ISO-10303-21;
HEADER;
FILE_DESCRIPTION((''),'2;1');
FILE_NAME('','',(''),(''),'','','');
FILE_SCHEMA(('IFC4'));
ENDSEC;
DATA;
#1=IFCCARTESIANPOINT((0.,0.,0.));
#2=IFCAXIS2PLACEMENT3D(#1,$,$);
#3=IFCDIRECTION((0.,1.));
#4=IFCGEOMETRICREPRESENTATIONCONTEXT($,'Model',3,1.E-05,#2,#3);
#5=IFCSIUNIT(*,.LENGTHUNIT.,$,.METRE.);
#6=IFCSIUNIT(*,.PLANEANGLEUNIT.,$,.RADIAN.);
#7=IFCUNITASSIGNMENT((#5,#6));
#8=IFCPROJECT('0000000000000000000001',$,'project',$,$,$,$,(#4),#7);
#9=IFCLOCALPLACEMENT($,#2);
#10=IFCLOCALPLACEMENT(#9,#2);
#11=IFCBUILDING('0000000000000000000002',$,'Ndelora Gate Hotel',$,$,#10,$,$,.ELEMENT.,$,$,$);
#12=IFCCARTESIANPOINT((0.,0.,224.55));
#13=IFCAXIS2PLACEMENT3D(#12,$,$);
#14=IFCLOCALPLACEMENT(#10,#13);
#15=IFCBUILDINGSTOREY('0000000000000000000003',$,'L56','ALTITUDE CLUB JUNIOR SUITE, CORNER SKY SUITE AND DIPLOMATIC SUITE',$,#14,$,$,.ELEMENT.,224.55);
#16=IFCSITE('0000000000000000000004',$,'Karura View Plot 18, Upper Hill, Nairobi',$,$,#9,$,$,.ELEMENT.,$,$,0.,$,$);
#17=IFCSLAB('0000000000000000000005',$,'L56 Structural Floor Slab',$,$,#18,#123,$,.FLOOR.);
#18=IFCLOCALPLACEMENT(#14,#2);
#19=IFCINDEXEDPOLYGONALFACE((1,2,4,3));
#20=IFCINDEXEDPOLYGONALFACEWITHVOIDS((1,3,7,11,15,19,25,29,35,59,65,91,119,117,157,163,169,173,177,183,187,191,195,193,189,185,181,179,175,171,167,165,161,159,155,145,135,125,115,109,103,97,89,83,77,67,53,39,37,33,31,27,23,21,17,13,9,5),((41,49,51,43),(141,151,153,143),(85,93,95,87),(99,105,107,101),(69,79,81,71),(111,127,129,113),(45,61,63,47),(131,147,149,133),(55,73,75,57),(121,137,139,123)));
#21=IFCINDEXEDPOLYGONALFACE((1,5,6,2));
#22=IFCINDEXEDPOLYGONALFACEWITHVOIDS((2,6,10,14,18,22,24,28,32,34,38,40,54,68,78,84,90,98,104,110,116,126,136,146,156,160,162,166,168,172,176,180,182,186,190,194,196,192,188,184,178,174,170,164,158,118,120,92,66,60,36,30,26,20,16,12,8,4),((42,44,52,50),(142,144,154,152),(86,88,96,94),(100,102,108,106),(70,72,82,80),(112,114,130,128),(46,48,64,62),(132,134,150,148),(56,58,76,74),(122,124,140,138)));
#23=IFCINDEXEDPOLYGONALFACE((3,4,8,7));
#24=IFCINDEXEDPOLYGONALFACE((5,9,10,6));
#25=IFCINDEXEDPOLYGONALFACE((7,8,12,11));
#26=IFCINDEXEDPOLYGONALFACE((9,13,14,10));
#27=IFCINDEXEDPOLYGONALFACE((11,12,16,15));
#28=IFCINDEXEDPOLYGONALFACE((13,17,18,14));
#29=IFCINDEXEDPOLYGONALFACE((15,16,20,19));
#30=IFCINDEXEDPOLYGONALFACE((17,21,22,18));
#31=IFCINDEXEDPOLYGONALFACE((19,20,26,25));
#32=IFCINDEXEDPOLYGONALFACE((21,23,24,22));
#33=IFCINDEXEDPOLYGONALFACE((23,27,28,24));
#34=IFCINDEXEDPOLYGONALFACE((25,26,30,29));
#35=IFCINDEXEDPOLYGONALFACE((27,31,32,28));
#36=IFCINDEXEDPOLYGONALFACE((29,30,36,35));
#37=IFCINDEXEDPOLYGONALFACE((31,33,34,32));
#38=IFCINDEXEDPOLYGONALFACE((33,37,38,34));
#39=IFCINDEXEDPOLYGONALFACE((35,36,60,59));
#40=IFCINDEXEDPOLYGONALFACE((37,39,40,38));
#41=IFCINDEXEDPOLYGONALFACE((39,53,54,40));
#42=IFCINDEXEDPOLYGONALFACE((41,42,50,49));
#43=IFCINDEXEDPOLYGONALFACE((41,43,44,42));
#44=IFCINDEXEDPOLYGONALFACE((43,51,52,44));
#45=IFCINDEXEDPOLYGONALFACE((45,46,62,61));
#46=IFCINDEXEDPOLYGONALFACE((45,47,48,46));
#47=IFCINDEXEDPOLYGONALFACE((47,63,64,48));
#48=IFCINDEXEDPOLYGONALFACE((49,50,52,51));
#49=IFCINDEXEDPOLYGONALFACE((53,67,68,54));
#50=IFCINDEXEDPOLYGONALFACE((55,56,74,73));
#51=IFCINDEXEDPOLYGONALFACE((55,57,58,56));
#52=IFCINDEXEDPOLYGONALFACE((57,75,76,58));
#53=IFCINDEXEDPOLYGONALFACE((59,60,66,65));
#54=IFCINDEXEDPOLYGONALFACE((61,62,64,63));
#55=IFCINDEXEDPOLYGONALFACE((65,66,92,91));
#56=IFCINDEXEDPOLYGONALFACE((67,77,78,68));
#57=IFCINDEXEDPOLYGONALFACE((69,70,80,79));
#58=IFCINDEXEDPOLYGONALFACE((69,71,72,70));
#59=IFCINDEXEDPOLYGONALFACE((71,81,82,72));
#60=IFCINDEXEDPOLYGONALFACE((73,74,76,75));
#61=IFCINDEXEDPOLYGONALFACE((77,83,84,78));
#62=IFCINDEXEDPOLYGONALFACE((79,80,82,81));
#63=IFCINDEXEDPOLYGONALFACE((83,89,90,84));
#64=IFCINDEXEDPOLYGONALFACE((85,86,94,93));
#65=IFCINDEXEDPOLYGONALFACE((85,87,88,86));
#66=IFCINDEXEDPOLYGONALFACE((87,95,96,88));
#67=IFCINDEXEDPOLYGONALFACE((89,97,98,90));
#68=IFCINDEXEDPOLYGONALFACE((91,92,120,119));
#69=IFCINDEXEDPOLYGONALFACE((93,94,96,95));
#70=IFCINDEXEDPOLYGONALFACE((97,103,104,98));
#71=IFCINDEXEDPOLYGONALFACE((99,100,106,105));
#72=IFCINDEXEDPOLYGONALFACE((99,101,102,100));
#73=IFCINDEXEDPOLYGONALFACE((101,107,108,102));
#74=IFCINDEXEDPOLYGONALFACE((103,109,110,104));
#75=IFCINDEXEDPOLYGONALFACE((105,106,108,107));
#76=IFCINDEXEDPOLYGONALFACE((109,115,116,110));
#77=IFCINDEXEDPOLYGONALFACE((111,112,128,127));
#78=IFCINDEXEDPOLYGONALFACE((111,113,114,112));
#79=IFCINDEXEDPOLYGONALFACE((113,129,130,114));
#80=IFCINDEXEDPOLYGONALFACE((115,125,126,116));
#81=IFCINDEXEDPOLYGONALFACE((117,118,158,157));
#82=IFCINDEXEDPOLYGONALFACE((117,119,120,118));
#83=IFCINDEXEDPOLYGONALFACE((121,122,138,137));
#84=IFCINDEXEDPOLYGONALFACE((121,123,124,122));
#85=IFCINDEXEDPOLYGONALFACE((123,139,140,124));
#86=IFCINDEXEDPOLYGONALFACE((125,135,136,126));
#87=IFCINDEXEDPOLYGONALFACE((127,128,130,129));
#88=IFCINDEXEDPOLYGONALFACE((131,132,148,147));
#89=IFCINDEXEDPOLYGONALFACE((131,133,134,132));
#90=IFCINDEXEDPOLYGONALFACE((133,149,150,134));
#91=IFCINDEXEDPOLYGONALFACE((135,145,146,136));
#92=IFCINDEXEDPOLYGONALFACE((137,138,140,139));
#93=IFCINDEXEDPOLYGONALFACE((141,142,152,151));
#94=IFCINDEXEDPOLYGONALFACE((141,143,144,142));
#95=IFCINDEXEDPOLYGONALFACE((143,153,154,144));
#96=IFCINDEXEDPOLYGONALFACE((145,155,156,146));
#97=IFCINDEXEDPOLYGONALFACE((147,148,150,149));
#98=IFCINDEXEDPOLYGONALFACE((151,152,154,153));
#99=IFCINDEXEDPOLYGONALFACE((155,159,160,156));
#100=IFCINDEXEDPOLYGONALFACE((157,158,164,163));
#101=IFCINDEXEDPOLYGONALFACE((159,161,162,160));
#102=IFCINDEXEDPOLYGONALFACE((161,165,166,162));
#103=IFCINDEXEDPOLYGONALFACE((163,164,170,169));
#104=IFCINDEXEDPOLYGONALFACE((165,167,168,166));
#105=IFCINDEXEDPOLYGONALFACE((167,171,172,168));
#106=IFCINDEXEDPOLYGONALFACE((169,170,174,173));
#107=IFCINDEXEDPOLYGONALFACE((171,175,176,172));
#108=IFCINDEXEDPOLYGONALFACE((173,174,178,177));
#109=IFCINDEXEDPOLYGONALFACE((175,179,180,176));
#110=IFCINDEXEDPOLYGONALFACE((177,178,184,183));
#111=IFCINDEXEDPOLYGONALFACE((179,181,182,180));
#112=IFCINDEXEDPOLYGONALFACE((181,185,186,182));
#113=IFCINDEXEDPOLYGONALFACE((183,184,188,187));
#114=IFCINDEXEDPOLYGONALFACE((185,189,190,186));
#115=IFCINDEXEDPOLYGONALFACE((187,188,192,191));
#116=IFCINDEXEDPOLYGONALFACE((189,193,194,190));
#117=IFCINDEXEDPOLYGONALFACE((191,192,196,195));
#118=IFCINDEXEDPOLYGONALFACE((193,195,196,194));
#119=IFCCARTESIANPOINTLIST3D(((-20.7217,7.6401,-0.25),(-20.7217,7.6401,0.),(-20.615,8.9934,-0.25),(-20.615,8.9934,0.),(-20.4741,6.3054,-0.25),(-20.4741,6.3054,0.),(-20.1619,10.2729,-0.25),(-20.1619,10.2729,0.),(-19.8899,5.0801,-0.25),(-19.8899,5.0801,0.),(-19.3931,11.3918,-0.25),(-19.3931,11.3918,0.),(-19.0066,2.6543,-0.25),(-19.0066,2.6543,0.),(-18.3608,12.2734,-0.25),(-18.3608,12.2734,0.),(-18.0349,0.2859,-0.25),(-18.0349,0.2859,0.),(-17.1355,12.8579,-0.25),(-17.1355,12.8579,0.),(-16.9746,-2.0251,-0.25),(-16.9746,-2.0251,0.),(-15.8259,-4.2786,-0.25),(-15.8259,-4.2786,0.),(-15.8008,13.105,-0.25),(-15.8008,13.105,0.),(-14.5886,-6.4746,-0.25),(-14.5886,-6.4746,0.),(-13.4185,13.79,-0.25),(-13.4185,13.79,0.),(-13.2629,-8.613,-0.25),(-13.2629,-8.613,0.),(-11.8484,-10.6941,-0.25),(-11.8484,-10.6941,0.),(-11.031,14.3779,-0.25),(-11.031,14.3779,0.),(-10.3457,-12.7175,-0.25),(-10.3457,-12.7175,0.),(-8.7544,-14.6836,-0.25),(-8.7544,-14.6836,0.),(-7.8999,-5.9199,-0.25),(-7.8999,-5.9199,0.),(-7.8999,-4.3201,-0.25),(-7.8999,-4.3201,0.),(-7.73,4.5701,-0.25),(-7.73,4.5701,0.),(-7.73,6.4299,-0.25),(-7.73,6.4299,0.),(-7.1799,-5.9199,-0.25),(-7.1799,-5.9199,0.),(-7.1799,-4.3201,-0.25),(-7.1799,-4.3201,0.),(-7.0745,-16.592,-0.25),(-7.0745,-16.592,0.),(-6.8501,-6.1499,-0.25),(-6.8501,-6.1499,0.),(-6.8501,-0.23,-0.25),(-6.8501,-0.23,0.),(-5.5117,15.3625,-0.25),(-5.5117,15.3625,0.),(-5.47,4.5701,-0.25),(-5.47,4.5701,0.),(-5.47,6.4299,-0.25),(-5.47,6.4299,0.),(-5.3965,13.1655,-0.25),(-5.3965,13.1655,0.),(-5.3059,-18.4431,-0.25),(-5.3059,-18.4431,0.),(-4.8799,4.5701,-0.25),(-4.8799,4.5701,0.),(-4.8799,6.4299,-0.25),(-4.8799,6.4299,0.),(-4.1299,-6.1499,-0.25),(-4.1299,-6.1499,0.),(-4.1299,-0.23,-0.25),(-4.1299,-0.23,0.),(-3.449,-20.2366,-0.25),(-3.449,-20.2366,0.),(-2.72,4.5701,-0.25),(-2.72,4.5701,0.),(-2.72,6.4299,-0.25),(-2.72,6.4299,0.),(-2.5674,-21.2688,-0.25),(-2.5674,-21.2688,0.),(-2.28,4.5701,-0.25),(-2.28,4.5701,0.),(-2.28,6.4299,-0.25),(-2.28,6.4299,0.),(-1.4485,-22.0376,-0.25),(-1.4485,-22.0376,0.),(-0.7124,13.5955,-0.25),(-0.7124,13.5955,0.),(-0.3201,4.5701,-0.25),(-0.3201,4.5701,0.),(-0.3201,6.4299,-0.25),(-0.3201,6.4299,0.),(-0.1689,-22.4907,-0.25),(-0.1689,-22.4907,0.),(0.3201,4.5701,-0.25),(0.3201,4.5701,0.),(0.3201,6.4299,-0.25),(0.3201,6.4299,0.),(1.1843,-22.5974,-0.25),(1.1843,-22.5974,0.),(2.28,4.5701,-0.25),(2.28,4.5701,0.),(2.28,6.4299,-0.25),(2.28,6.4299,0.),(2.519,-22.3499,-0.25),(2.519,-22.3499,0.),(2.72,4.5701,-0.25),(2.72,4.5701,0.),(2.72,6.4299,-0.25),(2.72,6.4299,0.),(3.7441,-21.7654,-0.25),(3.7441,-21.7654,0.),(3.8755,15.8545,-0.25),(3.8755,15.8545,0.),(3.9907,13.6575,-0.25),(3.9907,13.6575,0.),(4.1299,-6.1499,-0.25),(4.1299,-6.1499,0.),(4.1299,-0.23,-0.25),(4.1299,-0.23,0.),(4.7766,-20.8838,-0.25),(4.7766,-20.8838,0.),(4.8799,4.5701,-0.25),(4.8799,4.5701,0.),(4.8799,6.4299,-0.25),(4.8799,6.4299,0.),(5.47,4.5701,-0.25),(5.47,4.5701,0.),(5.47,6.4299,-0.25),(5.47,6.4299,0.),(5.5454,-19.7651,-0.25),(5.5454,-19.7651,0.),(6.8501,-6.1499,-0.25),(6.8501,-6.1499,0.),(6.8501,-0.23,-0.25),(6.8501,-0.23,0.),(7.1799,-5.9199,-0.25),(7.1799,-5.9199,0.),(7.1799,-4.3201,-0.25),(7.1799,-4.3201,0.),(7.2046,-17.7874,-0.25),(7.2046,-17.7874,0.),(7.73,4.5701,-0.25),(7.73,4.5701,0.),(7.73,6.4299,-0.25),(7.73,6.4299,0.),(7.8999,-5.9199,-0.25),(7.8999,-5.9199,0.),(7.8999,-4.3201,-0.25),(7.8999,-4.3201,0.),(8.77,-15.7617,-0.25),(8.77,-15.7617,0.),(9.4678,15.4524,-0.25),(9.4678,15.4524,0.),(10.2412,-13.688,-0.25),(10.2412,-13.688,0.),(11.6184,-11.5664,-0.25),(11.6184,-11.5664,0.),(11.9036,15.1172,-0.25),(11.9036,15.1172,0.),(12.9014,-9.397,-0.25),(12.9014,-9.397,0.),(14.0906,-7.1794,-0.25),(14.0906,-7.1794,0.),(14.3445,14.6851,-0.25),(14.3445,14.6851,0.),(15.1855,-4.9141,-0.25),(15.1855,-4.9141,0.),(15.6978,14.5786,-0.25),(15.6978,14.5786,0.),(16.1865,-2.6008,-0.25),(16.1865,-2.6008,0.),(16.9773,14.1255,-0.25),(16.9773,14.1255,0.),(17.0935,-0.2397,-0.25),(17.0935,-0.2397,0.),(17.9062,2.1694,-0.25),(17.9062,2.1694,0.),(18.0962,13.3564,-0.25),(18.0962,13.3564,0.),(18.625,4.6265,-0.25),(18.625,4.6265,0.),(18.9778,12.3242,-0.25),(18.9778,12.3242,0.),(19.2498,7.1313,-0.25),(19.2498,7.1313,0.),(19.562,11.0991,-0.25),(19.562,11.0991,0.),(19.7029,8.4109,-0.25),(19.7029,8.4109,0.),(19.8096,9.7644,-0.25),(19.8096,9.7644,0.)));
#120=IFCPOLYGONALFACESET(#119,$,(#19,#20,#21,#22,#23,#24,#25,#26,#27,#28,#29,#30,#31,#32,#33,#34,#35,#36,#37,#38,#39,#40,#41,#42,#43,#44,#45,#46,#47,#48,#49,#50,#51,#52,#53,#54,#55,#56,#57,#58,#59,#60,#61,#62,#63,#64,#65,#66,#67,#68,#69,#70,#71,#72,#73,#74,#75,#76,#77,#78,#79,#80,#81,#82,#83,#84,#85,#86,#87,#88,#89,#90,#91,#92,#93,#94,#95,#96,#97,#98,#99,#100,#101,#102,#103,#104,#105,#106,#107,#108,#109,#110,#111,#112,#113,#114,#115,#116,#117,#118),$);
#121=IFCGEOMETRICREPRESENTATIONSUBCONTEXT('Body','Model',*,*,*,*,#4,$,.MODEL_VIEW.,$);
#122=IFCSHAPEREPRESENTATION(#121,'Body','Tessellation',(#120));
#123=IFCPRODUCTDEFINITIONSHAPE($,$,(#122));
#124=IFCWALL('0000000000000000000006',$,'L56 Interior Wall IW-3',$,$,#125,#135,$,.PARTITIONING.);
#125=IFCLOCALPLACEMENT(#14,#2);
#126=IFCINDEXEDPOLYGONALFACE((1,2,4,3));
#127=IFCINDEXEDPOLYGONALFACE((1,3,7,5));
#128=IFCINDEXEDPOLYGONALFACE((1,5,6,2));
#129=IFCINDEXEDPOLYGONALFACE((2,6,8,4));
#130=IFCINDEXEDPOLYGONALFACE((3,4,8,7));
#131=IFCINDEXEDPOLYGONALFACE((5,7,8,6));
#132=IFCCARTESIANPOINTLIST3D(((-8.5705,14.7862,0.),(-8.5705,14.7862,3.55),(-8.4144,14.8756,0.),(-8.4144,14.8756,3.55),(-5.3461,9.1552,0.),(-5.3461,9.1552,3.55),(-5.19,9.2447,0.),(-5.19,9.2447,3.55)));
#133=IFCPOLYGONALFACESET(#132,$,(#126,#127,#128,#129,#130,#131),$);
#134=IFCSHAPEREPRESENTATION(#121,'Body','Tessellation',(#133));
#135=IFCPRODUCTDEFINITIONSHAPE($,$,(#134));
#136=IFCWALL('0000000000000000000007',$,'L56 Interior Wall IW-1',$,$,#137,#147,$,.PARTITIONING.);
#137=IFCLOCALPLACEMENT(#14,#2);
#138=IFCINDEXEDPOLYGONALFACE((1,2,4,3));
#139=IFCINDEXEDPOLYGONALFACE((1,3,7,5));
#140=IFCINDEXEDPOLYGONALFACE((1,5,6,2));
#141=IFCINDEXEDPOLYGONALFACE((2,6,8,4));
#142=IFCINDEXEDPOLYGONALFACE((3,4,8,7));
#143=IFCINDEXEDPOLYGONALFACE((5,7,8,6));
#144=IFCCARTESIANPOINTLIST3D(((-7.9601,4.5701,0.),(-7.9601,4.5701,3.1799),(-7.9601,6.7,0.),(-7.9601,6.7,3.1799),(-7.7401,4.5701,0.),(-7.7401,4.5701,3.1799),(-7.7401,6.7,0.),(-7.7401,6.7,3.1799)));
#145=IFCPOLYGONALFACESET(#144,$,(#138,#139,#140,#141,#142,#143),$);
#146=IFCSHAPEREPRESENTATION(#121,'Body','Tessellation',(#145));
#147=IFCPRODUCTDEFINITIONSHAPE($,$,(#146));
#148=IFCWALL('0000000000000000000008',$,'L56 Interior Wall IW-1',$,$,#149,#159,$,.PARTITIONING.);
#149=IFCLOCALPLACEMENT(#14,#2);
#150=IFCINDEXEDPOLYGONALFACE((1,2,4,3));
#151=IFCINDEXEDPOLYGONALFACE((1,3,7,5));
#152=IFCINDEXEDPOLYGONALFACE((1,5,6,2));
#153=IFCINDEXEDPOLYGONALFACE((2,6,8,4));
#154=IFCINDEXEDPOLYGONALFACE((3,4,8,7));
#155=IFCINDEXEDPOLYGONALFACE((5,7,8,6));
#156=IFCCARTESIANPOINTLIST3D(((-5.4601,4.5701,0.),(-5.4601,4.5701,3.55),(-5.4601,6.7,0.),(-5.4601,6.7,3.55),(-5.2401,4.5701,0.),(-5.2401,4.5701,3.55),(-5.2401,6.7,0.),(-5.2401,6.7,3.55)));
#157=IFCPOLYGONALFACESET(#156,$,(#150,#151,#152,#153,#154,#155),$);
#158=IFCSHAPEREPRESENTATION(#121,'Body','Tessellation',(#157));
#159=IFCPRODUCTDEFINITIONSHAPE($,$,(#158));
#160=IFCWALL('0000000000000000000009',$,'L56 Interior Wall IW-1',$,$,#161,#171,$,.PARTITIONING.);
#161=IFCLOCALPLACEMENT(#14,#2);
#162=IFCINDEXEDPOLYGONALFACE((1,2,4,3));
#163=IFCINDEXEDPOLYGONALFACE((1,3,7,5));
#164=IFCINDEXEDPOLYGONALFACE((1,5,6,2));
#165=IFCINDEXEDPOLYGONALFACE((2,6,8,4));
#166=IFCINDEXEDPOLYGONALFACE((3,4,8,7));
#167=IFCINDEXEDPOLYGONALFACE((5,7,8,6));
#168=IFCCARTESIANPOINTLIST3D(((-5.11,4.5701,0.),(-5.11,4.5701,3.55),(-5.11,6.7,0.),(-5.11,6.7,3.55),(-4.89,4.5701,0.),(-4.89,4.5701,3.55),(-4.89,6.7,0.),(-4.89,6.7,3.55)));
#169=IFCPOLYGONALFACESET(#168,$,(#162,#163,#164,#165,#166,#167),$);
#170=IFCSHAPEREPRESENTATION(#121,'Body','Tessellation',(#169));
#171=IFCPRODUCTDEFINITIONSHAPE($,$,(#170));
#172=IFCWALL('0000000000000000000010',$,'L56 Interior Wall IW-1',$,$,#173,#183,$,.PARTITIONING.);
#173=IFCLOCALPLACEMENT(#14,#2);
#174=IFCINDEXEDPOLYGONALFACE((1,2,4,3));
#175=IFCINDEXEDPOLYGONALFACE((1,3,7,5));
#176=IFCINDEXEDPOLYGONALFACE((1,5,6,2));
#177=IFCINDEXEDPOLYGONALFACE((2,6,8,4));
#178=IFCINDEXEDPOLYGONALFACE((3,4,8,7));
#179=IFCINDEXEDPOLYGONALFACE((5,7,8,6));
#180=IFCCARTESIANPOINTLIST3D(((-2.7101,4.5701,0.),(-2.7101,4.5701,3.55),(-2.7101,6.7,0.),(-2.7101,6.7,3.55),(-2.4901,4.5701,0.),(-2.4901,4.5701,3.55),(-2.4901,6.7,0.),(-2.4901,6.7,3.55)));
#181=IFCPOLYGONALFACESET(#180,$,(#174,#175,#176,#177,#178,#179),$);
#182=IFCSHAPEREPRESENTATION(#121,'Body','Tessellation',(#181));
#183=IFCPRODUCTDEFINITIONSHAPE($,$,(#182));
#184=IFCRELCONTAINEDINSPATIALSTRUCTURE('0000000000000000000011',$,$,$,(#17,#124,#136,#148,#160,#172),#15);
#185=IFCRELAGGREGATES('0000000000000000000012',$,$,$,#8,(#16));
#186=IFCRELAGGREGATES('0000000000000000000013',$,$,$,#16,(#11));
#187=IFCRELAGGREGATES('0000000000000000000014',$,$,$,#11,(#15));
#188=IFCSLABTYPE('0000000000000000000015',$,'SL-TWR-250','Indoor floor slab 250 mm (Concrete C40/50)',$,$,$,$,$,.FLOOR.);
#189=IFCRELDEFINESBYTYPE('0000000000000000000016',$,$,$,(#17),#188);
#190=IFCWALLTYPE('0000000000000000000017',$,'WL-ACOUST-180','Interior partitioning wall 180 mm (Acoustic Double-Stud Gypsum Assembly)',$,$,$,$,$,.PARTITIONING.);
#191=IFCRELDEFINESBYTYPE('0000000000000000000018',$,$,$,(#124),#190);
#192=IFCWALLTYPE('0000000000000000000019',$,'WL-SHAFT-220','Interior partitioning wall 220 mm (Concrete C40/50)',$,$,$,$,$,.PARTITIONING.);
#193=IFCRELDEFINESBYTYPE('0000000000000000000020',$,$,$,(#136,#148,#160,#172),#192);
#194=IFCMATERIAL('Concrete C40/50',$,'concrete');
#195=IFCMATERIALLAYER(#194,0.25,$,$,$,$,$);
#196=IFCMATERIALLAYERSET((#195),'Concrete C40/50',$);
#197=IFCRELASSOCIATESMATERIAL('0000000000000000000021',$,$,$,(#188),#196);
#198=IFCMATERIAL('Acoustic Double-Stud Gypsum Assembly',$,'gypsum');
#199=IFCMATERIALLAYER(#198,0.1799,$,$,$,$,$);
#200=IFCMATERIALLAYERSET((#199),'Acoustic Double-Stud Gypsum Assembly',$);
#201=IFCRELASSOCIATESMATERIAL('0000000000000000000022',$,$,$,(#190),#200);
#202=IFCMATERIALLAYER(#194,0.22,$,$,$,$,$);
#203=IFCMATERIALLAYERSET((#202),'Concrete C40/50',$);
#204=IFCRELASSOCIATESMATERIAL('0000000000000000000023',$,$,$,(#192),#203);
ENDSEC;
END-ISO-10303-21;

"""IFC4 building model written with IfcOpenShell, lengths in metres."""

from ifc_helpers import new_model, si_unit, direction, frame, frame_2d, origin, place, context, subcontext, project, spatial, polyline, rectangle, outline, extrude, material, layer, layer_set, type_object, element, save


model = new_model("IFC4")

# Units and contexts
model_context = context("Model", 3, precision=1e-05, world=origin(), true_north=direction((0.0, 1.0)))
body_context = subcontext(model_context, "Body", "Model", "MODEL_VIEW")
ifc_project = project(units=[si_unit("LENGTHUNIT", "METRE"), si_unit("PLANEANGLEUNIT", "RADIAN")], contexts=[model_context])

# Site, building, storey
site_placement = place(None, origin())
site = spatial("IfcSite", under=ifc_project, at=site_placement, Name="Karura View Plot 18, Upper Hill, Nairobi", CompositionType="ELEMENT", RefElevation=0.0)
building_placement = place(site_placement, origin())
building = spatial("IfcBuilding", under=site, at=building_placement, Name="Ndelora Gate Hotel", CompositionType="ELEMENT")
storey_placement = place(building_placement, frame((0.0, 0.0, 224.55)))
storey = spatial("IfcBuildingStorey", under=building, at=storey_placement, Name="L56", Description="ALTITUDE CLUB JUNIOR SUITE, CORNER SKY SUITE AND DIPLOMATIC SUITE", CompositionType="ELEMENT", Elevation=224.55)

# Slab
ifc_material_1 = material(Name="Concrete C40/50", Category="concrete")
ifc_layer_1 = layer(ifc_material_1, 0.25)
ifc_layer_set_1 = layer_set([ifc_layer_1], Name="Concrete C40/50")
slab_type_1 = type_object("IfcSlabType", Name="SL-TWR-250", Description="Indoor floor slab 250 mm (Concrete C40/50)", PredefinedType="FLOOR", material=ifc_layer_set_1)
slab_1_placement = place(storey_placement, frame((0.0, 0.0, -0.25)))
element("IfcSlab", 1, at=slab_1_placement, inside=storey, type_object=slab_type_1, Name="L56 Structural Floor Slab", PredefinedType="FLOOR", context=body_context, shape_type="SweptSolid", body=[
    extrude(outline(polyline([(-15.8008, 13.105), (-17.1355, 12.8579), (-18.3608, 12.2734), (-19.3931, 11.3918), (-20.1619, 10.2729), (-20.615, 8.9934), (-20.7217, 7.6401), (-20.4741, 6.3054), (-19.8899, 5.0801), (-19.0066, 2.6543), (-18.0349, 0.2859), (-16.9746, -2.0251), (-15.8259, -4.2786), (-14.5886, -6.4746), (-13.2629, -8.613), (-11.8484, -10.6941), (-10.3457, -12.7175), (-8.7544, -14.6836), (-7.0745, -16.592), (-5.3059, -18.4431), (-3.449, -20.2366), (-2.5674, -21.2688), (-1.4485, -22.0376), (-0.1689, -22.4907), (1.1843, -22.5974), (2.519, -22.3499), (3.7441, -21.7654), (4.7766, -20.8838), (5.5454, -19.7651), (7.2046, -17.7874), (8.77, -15.7617), (10.2412, -13.688), (11.6184, -11.5664), (12.9014, -9.397), (14.0906, -7.1794), (15.1855, -4.9141), (16.1865, -2.6008), (17.0935, -0.2397), (17.9062, 2.1694), (18.625, 4.6265), (19.2498, 7.1313), (19.7029, 8.4109), (19.8096, 9.7644), (19.562, 11.0991), (18.9778, 12.3242), (18.0962, 13.3564), (16.9773, 14.1255), (15.6978, 14.5786), (14.3445, 14.6851), (11.9036, 15.1172), (9.4678, 15.4524), (3.8755, 15.8545), (3.9907, 13.6575), (-0.7124, 13.5955), (-5.3965, 13.1655), (-5.5117, 15.3625), (-11.031, 14.3779), (-13.4185, 13.79), (-15.8008, 13.105)]), holes=[polyline([(-6.8501, -0.23), (-6.8501, -6.1499), (-4.1299, -6.1499), (-4.1299, -0.23), (-6.8501, -0.23)]), polyline([(4.1299, -0.23), (4.1299, -6.1499), (6.8501, -6.1499), (6.8501, -0.23), (4.1299, -0.23)]), polyline([(-7.73, 4.5701), (-5.47, 4.5701), (-5.47, 6.4299), (-7.73, 6.4299), (-7.73, 4.5701)]), polyline([(5.47, 4.5701), (7.73, 4.5701), (7.73, 6.4299), (5.47, 6.4299), (5.47, 4.5701)]), polyline([(-4.8799, 4.5701), (-2.72, 4.5701), (-2.72, 6.4299), (-4.8799, 6.4299), (-4.8799, 4.5701)]), polyline([(2.72, 4.5701), (4.8799, 4.5701), (4.8799, 6.4299), (2.72, 6.4299), (2.72, 4.5701)]), polyline([(-2.28, 4.5701), (-0.3201, 4.5701), (-0.3201, 6.4299), (-2.28, 6.4299), (-2.28, 4.5701)]), polyline([(0.3201, 4.5701), (2.28, 4.5701), (2.28, 6.4299), (0.3201, 6.4299), (0.3201, 4.5701)]), polyline([(-7.8999, -5.9199), (-7.1799, -5.9199), (-7.1799, -4.3201), (-7.8999, -4.3201), (-7.8999, -5.9199)]), polyline([(7.1799, -5.9199), (7.8999, -5.9199), (7.8999, -4.3201), (7.1799, -4.3201), (7.1799, -5.9199)])]), origin(), (0.0, 0.0, 1.0), 0.25),
])

# Wall
ifc_material_2 = material(Name="Acoustic Double-Stud Gypsum Assembly", Category="gypsum")
ifc_layer_2 = layer(ifc_material_2, 0.1799)
ifc_layer_set_2 = layer_set([ifc_layer_2], Name="Acoustic Double-Stud Gypsum Assembly")
wall_type_1 = type_object("IfcWallType", Name="WL-ACOUST-180", Description="Interior partitioning wall 180 mm (Acoustic Double-Stud Gypsum Assembly)", PredefinedType="PARTITIONING", material=ifc_layer_set_2)
wall_1_placement = place(storey_placement, frame((-5.2681, 9.2, 0.0), z_axis=(0.0, 0.0, 1.0), x_axis=(-0.496921, 0.867796, 0.0)))
element("IfcWall", 2, at=wall_1_placement, inside=storey, type_object=wall_type_1, Name="L56 Interior Wall IW-3", PredefinedType="PARTITIONING", context=body_context, shape_type="SweptSolid", body=[
    extrude(rectangle(XDim=6.4888, YDim=0.1799, at=frame_2d((3.2444, 0.0))), origin(), (0.0, 0.0, 1.0), 3.55),
])

# Walls
ifc_layer_3 = layer(ifc_material_1, 0.22)
ifc_layer_set_3 = layer_set([ifc_layer_3], Name="Concrete C40/50")
wall_type_2 = type_object("IfcWallType", Name="WL-SHAFT-220", Description="Interior partitioning wall 220 mm (Concrete C40/50)", PredefinedType="PARTITIONING", material=ifc_layer_set_3)
wall_2_placement = place(storey_placement, frame((-7.8501, 4.5701, 0.0), z_axis=(0.0, 0.0, 1.0), x_axis=(0.0, 1.0, 0.0)))
element("IfcWall", 3, at=wall_2_placement, inside=storey, type_object=wall_type_2, Name="L56 Interior Wall IW-1", PredefinedType="PARTITIONING", context=body_context, shape_type="SweptSolid", body=[
    extrude(rectangle(XDim=2.1299, YDim=0.22, at=frame_2d((1.0649, 0.0))), origin(), (0.0, 0.0, 1.0), 3.1799),
])
wall_3_placement = place(storey_placement, frame((-5.3501, 4.5701, 0.0), z_axis=(0.0, 0.0, 1.0), x_axis=(0.0, 1.0, 0.0)))
element("IfcWall", 4, at=wall_3_placement, inside=storey, type_object=wall_type_2, Name="L56 Interior Wall IW-1", PredefinedType="PARTITIONING", context=body_context, shape_type="SweptSolid", body=[
    extrude(rectangle(XDim=2.1299, YDim=0.22, at=frame_2d((1.0649, 0.0))), origin(), (0.0, 0.0, 1.0), 3.55),
])

# Walls
for number, where, z_axis, x_axis, name in (
    (5, (-5.0, 4.5701, 0.0), (0.0, 0.0, 1.0), (0.0, 1.0, 0.0), "L56 Interior Wall IW-1"),
    (6, (-2.6001, 4.5701, 0.0), (0.0, 0.0, 1.0), (0.0, 1.0, 0.0), "L56 Interior Wall IW-1"),
):
    element("IfcWall", number, at=place(storey_placement, frame(where, z_axis=z_axis, x_axis=x_axis)), inside=storey, type_object=wall_type_2, Name=name, PredefinedType="PARTITIONING", context=body_context, shape_type="SweptSolid", body=[
        extrude(rectangle(XDim=2.1299, YDim=0.22, at=frame_2d((1.0649, 0.0))), origin(), (0.0, 0.0, 1.0), 3.55),
    ])

save(model, "model.ifc")
